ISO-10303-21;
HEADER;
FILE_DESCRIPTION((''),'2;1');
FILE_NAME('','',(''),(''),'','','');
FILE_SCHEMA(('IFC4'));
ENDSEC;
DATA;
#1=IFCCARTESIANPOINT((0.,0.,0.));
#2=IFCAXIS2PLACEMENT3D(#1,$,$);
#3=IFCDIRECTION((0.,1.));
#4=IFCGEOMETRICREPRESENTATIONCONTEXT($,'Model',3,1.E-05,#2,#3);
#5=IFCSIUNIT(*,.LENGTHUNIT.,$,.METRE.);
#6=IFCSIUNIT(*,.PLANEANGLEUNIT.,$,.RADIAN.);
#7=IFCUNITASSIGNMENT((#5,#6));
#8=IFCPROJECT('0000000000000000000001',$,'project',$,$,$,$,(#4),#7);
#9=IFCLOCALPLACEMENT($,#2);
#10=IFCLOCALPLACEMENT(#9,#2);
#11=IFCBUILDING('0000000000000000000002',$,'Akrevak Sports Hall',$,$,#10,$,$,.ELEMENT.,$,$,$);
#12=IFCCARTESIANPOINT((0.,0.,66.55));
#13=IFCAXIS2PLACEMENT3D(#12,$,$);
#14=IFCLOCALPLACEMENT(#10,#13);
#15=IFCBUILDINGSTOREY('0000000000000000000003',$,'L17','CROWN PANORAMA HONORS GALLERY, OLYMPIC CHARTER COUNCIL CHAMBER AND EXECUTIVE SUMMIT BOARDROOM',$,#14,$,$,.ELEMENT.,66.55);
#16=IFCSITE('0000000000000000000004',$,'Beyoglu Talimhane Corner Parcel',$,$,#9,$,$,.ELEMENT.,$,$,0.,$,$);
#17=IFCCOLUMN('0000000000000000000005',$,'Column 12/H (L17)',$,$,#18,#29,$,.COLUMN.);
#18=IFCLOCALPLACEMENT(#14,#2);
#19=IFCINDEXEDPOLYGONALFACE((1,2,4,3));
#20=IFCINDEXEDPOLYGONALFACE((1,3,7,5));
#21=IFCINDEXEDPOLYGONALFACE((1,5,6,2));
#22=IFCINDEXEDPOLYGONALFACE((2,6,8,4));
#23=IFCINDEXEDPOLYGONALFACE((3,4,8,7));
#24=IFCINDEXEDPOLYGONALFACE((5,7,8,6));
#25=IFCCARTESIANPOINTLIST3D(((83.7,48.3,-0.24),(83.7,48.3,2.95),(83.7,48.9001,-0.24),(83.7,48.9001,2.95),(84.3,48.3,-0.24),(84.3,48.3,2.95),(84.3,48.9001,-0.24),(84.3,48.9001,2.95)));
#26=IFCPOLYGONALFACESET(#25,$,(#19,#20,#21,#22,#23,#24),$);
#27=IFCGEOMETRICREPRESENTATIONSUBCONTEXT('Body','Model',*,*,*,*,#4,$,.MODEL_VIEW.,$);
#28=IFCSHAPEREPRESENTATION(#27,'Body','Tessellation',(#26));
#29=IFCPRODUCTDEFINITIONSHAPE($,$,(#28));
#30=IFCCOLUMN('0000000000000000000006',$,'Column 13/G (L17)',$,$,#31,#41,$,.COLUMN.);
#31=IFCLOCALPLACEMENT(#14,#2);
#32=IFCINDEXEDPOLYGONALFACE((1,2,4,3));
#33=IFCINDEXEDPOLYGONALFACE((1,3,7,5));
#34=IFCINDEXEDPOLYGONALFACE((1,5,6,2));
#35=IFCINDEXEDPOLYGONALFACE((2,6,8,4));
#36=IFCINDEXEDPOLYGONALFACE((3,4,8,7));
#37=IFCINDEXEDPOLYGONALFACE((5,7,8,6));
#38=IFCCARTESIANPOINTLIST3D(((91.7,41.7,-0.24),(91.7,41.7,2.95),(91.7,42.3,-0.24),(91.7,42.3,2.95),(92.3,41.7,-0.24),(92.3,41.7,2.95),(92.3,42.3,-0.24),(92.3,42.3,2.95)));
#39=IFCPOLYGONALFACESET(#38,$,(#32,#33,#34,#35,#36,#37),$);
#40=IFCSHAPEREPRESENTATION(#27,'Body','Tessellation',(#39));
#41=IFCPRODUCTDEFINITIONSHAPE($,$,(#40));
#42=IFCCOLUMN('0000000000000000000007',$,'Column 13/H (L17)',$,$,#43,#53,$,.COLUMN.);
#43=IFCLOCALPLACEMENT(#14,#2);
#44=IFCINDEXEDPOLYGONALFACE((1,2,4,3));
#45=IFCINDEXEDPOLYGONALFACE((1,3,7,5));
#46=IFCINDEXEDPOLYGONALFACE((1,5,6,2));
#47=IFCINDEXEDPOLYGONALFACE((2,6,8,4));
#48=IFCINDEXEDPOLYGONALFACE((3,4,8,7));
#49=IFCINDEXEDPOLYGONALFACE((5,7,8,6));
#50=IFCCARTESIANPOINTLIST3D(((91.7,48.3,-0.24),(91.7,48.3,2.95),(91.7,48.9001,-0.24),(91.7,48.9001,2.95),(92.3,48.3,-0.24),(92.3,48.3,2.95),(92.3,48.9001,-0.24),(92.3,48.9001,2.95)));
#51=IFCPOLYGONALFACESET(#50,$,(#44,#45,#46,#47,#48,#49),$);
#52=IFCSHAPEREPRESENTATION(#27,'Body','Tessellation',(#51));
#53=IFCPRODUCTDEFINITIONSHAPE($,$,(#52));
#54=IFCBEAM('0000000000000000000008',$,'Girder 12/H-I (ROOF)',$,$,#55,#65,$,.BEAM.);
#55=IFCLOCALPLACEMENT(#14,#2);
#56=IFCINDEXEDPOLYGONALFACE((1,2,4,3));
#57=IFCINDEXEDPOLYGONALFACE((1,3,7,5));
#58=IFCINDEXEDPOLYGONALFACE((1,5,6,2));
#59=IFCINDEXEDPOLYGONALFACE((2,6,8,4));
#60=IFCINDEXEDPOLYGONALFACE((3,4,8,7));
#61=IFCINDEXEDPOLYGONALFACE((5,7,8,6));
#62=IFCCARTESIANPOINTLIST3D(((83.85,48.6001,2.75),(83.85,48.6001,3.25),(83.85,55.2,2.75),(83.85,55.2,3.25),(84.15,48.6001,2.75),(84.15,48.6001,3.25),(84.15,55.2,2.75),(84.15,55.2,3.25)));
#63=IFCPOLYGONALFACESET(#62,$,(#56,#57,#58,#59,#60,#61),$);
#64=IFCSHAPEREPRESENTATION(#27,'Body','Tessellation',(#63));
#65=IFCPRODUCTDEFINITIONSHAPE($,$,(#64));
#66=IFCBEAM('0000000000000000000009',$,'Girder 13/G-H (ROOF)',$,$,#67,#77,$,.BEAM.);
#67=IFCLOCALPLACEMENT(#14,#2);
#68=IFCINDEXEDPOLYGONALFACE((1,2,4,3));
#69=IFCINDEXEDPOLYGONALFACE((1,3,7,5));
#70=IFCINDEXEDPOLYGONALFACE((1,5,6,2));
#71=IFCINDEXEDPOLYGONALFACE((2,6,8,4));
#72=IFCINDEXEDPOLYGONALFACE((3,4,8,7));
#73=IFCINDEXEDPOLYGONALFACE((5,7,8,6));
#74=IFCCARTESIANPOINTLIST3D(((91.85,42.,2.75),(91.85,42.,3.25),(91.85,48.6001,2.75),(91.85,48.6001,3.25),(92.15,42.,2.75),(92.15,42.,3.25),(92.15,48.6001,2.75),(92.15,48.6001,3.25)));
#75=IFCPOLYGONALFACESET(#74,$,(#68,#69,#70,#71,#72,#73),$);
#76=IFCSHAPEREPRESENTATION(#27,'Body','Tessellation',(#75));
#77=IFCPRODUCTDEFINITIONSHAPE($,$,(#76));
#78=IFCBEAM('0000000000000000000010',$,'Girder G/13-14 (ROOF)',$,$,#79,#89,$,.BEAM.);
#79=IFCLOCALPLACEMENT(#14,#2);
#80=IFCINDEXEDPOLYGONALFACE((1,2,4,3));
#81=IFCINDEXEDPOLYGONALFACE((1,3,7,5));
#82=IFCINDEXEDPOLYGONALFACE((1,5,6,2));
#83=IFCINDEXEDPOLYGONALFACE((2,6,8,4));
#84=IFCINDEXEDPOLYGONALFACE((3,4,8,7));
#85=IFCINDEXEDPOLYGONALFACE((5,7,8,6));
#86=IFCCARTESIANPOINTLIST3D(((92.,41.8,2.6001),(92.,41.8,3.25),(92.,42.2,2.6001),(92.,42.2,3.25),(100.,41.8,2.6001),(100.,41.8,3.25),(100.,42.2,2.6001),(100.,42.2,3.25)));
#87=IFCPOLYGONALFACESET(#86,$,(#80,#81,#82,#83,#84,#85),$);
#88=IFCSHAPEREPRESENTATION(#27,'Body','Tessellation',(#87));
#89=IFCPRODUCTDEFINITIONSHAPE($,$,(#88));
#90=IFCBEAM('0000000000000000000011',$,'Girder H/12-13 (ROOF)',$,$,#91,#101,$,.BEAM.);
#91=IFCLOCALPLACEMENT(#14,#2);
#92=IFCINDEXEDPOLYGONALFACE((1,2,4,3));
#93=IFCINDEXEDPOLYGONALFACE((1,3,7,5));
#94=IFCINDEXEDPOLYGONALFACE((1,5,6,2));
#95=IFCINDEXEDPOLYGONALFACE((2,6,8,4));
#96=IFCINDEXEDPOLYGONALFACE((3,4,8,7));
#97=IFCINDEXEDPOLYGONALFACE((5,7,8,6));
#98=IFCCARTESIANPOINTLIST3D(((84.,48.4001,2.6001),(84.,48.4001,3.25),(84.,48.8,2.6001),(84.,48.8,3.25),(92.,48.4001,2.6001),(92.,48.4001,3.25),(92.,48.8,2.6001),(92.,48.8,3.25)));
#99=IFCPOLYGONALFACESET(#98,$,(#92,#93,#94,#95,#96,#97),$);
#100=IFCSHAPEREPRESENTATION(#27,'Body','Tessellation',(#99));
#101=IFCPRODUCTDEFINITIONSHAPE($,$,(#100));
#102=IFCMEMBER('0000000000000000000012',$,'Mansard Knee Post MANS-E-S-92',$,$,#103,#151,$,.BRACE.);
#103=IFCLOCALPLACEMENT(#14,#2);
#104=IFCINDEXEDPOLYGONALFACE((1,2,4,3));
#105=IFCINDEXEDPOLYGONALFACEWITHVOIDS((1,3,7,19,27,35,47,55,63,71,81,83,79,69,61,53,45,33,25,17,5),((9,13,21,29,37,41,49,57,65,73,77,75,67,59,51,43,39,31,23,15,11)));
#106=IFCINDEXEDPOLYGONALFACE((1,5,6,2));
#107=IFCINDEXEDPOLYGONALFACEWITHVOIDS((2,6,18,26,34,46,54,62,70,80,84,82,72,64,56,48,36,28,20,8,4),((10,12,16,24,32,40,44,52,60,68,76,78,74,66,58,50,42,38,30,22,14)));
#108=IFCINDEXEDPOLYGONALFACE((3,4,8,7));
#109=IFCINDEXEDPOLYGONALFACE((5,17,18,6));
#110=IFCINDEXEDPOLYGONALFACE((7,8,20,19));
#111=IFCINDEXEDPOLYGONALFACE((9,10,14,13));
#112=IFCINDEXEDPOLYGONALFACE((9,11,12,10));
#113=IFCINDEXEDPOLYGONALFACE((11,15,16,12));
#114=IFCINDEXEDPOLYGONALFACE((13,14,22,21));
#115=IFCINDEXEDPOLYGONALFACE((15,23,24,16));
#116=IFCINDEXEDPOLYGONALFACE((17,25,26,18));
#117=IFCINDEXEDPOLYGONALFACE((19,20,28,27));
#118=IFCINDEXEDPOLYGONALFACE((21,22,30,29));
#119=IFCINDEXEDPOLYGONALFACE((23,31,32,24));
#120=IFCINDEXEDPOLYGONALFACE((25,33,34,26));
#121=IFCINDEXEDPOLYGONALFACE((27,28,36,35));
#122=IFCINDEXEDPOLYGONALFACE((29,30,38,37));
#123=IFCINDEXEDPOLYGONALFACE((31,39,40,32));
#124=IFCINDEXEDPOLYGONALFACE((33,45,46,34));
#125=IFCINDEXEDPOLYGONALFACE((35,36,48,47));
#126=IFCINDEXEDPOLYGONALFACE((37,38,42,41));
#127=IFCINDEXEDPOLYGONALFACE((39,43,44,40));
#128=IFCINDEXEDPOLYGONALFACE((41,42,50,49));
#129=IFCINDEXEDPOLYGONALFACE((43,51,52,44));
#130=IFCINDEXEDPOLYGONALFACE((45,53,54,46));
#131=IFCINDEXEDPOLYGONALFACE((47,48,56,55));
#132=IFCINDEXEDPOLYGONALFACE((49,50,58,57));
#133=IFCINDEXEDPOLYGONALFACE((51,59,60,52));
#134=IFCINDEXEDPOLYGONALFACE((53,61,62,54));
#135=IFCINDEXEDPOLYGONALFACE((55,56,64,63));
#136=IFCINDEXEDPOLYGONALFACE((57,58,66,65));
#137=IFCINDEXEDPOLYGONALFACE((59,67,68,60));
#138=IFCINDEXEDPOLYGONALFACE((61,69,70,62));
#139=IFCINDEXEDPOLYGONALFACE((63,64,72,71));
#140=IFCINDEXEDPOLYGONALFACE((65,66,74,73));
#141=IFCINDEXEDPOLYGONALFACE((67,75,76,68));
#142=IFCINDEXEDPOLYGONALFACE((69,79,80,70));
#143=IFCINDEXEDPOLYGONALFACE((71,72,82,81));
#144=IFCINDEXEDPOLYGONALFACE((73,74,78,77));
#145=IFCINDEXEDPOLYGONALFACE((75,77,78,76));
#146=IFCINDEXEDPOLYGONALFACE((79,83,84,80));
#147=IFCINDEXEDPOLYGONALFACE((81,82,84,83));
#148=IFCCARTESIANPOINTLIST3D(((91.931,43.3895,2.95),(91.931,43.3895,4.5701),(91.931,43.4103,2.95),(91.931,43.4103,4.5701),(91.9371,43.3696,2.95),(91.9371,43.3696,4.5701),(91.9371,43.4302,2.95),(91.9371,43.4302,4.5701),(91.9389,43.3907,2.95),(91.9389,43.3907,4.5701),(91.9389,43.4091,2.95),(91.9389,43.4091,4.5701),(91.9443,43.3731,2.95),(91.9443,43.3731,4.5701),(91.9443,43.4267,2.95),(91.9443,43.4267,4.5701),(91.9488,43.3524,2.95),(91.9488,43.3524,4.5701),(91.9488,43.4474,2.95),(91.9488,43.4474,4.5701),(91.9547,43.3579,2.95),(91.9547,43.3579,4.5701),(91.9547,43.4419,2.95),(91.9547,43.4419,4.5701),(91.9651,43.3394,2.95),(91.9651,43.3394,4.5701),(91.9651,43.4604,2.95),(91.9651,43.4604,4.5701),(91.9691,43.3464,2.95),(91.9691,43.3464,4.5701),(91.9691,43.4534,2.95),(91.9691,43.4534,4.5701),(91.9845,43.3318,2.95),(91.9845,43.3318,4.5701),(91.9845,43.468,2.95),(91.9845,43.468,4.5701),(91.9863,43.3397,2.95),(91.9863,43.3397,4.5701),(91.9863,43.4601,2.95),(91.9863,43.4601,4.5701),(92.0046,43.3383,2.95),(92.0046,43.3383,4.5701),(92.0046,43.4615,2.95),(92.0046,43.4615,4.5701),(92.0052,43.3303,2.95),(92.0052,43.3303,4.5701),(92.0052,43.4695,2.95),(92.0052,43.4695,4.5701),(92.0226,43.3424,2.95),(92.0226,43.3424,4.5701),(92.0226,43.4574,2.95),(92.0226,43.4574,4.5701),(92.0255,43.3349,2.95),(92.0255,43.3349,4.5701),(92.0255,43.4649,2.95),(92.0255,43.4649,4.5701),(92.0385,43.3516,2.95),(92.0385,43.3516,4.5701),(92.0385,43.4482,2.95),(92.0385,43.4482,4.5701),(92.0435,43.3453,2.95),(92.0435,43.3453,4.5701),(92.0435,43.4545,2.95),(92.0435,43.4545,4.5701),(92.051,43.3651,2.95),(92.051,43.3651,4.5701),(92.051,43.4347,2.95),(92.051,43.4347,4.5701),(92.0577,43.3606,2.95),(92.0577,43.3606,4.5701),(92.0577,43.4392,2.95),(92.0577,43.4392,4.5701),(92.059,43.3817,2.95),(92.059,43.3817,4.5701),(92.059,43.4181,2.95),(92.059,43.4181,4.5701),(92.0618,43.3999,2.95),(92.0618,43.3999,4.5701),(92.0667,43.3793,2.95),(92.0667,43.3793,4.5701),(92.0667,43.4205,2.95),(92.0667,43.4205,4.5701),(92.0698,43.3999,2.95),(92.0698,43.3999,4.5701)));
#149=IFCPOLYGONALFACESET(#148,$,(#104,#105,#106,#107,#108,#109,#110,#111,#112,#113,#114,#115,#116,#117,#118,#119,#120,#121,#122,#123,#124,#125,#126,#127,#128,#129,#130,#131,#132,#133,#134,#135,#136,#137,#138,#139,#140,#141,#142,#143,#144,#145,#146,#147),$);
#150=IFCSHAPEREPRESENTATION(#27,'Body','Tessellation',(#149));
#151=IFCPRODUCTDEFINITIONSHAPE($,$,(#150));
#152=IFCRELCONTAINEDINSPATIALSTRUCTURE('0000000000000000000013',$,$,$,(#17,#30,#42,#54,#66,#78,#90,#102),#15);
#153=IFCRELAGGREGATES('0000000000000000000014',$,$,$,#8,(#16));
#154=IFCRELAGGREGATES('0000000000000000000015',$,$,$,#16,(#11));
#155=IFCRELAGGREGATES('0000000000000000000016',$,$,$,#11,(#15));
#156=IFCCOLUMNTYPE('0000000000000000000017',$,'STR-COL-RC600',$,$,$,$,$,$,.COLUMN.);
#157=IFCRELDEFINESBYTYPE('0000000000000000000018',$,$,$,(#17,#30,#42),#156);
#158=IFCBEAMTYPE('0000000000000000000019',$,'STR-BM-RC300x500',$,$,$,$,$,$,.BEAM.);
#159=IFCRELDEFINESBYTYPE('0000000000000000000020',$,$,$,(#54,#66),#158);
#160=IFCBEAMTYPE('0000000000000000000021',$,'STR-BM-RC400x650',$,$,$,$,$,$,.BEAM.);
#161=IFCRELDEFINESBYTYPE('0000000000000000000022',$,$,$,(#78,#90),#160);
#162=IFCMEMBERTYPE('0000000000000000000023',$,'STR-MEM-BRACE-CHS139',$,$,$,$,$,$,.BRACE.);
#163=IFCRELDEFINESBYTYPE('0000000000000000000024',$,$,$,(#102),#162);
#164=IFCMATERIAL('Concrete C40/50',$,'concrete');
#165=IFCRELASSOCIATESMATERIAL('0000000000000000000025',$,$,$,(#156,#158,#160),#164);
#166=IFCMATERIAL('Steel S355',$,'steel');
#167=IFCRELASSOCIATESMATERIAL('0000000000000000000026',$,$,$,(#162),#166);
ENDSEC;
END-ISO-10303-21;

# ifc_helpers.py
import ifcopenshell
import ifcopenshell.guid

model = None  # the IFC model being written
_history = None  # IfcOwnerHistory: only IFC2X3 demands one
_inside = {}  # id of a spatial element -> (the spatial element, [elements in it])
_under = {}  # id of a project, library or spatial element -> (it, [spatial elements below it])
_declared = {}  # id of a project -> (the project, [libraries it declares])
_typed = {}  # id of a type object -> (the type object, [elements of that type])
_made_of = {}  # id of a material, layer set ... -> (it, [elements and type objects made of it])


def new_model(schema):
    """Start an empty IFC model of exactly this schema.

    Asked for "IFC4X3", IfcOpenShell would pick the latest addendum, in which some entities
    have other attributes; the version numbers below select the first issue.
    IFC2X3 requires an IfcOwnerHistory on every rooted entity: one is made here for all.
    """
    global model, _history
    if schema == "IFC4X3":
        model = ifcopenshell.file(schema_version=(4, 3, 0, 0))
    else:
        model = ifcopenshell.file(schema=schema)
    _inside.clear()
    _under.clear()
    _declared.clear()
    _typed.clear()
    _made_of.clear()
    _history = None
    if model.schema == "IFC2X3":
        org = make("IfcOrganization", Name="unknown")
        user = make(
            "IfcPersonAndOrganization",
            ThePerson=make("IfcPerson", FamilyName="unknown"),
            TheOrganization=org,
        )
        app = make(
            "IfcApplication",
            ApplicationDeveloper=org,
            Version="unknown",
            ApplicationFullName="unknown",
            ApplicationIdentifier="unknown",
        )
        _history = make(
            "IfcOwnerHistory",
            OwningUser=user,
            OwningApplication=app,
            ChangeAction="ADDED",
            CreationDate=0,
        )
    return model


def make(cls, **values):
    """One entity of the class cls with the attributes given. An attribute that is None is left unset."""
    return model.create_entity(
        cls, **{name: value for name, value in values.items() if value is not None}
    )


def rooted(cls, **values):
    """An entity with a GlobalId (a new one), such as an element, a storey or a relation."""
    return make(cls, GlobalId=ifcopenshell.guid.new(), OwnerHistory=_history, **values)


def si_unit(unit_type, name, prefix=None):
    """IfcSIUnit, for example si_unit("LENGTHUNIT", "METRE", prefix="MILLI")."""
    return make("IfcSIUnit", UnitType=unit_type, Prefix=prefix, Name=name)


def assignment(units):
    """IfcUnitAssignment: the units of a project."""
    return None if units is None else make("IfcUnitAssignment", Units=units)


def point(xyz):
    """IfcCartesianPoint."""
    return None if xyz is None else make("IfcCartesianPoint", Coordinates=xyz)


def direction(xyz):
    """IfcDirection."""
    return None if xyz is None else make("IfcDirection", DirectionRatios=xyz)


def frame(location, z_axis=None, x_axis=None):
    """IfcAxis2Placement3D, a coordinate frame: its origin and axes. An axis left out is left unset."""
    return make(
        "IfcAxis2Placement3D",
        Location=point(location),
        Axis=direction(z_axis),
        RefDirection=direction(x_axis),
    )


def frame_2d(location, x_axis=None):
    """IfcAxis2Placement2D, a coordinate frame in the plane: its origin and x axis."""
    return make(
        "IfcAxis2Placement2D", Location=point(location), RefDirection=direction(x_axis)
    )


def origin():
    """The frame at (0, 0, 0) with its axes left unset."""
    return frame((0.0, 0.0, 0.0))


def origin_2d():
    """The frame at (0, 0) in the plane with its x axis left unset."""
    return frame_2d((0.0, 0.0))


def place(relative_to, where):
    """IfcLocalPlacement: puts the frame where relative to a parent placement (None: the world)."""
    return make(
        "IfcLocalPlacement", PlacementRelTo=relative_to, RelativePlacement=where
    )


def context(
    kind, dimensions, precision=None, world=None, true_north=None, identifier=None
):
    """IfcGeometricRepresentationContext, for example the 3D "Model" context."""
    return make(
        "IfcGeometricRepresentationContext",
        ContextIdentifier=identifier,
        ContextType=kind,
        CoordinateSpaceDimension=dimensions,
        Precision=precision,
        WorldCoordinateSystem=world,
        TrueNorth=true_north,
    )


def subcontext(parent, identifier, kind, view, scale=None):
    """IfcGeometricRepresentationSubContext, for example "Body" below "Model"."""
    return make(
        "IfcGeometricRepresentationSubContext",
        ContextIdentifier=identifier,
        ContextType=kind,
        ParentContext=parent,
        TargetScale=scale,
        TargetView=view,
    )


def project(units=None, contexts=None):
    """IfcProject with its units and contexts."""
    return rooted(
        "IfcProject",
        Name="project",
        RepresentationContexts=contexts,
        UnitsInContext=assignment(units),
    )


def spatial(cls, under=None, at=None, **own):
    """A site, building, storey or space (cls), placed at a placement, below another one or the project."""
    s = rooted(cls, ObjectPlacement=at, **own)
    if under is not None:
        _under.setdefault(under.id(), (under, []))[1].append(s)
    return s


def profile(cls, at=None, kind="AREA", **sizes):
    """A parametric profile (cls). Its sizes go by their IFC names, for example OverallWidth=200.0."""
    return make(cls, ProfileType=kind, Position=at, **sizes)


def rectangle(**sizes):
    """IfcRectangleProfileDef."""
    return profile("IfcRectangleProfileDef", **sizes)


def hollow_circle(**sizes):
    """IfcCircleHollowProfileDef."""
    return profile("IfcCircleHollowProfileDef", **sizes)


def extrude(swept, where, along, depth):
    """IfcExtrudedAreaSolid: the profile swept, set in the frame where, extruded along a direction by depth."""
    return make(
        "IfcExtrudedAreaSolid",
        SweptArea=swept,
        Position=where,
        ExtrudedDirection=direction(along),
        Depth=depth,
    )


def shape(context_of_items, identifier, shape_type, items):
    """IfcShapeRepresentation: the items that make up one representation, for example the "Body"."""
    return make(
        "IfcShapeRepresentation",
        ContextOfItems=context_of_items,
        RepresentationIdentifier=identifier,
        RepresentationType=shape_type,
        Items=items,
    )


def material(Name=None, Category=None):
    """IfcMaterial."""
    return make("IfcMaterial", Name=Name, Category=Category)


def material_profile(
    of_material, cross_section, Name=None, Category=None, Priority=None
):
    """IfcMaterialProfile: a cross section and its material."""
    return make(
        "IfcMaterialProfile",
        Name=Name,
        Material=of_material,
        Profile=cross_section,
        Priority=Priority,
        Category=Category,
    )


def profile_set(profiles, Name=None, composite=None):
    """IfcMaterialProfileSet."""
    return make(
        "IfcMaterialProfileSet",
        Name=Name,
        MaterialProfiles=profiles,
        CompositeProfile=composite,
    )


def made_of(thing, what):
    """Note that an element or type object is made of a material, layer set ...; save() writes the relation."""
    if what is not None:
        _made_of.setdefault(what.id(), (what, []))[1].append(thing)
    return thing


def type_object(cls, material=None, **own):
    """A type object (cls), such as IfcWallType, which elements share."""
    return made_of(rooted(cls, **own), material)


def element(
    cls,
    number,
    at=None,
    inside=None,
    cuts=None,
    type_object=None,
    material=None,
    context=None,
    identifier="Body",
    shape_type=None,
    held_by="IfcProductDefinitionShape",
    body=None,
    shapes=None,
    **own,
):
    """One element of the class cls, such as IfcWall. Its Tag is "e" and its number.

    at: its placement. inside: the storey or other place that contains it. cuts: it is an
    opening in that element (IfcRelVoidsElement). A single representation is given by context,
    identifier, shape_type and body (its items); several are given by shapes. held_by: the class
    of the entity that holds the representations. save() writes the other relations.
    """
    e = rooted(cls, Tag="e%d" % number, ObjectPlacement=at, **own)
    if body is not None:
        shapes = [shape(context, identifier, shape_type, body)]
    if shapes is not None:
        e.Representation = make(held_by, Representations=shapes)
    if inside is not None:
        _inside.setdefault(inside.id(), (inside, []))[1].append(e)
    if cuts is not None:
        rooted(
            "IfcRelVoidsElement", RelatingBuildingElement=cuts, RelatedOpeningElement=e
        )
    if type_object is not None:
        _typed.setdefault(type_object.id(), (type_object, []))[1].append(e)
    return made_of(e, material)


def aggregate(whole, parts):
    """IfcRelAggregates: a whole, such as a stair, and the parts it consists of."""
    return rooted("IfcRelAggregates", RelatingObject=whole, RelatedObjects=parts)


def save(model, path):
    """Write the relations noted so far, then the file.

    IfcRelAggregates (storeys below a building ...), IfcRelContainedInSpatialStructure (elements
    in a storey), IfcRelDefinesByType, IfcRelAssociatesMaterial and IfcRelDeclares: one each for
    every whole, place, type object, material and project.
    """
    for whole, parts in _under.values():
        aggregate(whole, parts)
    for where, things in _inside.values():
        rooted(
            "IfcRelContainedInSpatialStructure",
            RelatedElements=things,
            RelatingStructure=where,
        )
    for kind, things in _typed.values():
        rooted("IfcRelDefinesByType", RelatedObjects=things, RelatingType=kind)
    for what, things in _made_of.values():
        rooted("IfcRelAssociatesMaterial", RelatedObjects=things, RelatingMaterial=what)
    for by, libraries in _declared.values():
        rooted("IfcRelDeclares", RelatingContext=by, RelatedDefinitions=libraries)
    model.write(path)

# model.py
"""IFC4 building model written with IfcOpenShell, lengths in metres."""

from ifc_helpers import new_model, si_unit, direction, frame, origin, origin_2d, place, context, subcontext, project, spatial, rectangle, hollow_circle, extrude, material, material_profile, profile_set, type_object, element, save


model = new_model("IFC4")

# Units and contexts
model_context = context("Model", 3, precision=1e-05, world=origin(), true_north=direction((0.0, 1.0)))
body_context = subcontext(model_context, "Body", "Model", "MODEL_VIEW")
ifc_project = project(units=[si_unit("LENGTHUNIT", "METRE"), si_unit("PLANEANGLEUNIT", "RADIAN")], contexts=[model_context])

# Site, building, storey
site_placement = place(None, origin())
site = spatial("IfcSite", under=ifc_project, at=site_placement, Name="Beyoglu Talimhane Corner Parcel", CompositionType="ELEMENT", RefElevation=0.0)
building_placement = place(site_placement, origin())
building = spatial("IfcBuilding", under=site, at=building_placement, Name="Akrevak Sports Hall", CompositionType="ELEMENT")
storey_placement = place(building_placement, frame((0.0, 0.0, 66.55)))
storey = spatial("IfcBuildingStorey", under=building, at=storey_placement, Name="L17", Description="CROWN PANORAMA HONORS GALLERY, OLYMPIC CHARTER COUNCIL CHAMBER AND EXECUTIVE SUMMIT BOARDROOM", CompositionType="ELEMENT", Elevation=66.55)

# Columns
ifc_material_1 = material(Name="Concrete C40/50", Category="concrete")
ifc_material_profile_1 = material_profile(ifc_material_1, rectangle(XDim=0.6001, YDim=0.6001, at=origin_2d()), Name="RC 600x600", Category="concrete")
ifc_profile_set_1 = profile_set([ifc_material_profile_1], Name="Concrete C40/50")
column_type = type_object("IfcColumnType", Name="STR-COL-RC600", PredefinedType="COLUMN", material=ifc_profile_set_1)
for number, where, z_axis, x_axis, name in (
    (1, (84.0, 48.6001, -0.24), (0.0, 0.0, 1.0), (1.0, 0.0, 0.0), "Column 12/H (L17)"),
    (2, (92.0, 42.0, -0.24), (0.0, 0.0, 1.0), (1.0, 0.0, 0.0), "Column 13/G (L17)"),
    (3, (92.0, 48.6001, -0.24), (0.0, 0.0, 1.0), (1.0, 0.0, 0.0), "Column 13/H (L17)"),
):
    element("IfcColumn", number, at=place(storey_placement, frame(where, z_axis=z_axis, x_axis=x_axis)), inside=storey, type_object=column_type, Name=name, PredefinedType="COLUMN", context=body_context, shape_type="SweptSolid", body=[
        extrude(rectangle(XDim=0.6001, YDim=0.6001, at=origin_2d()), origin(), (0.0, 0.0, 1.0), 3.1899),
    ])

# Beams
ifc_material_profile_2 = material_profile(ifc_material_1, rectangle(XDim=0.3, YDim=0.5, at=origin_2d()), Name="BM 300x500", Category="concrete")
ifc_profile_set_2 = profile_set([ifc_material_profile_2], Name="Concrete C40/50")
beam_type_1 = type_object("IfcBeamType", Name="STR-BM-RC300x500", PredefinedType="BEAM", material=ifc_profile_set_2)
beam_1_placement = place(storey_placement, frame((84.0, 48.6001, 3.0), z_axis=(0.0, 1.0, 0.0), x_axis=(-1.0, 0.0, 0.0)))
element("IfcBeam", 4, at=beam_1_placement, inside=storey, type_object=beam_type_1, Name="Girder 12/H-I (ROOF)", PredefinedType="BEAM", context=body_context, shape_type="SweptSolid", body=[
    extrude(rectangle(XDim=0.3, YDim=0.5, at=origin_2d()), origin(), (0.0, 0.0, 1.0), 6.5999),
])
beam_2_placement = place(storey_placement, frame((92.0, 42.0, 3.0), z_axis=(0.0, 1.0, 0.0), x_axis=(-1.0, 0.0, 0.0)))
element("IfcBeam", 5, at=beam_2_placement, inside=storey, type_object=beam_type_1, Name="Girder 13/G-H (ROOF)", PredefinedType="BEAM", context=body_context, shape_type="SweptSolid", body=[
    extrude(rectangle(XDim=0.3, YDim=0.5, at=origin_2d()), origin(), (0.0, 0.0, 1.0), 6.6001),
])
ifc_material_profile_3 = material_profile(ifc_material_1, rectangle(XDim=0.3999, YDim=0.6499, at=origin_2d()), Name="BM 400x650", Category="concrete")
ifc_profile_set_3 = profile_set([ifc_material_profile_3], Name="Concrete C40/50")
beam_type_2 = type_object("IfcBeamType", Name="STR-BM-RC400x650", PredefinedType="BEAM", material=ifc_profile_set_3)
for number, where, z_axis, x_axis, name in (
    (6, (92.0, 42.0, 2.925), (1.0, 0.0, 0.0), (0.0, 1.0, 0.0), "Girder G/13-14 (ROOF)"),
    (7, (84.0, 48.6001, 2.925), (1.0, 0.0, 0.0), (0.0, 1.0, 0.0), "Girder H/12-13 (ROOF)"),
):
    element("IfcBeam", number, at=place(storey_placement, frame(where, z_axis=z_axis, x_axis=x_axis)), inside=storey, type_object=beam_type_2, Name=name, PredefinedType="BEAM", context=body_context, shape_type="SweptSolid", body=[
        extrude(rectangle(XDim=0.3999, YDim=0.6499, at=origin_2d()), origin(), (0.0, 0.0, 1.0), 8.0),
    ])

# Member
ifc_material_2 = material(Name="Steel S355", Category="steel")
ifc_material_profile_4 = material_profile(ifc_material_2, hollow_circle(Radius=0.0698, WallThickness=0.0081, at=origin_2d()), Name="CHS 139.7x8", Category="steel")
ifc_profile_set_4 = profile_set([ifc_material_profile_4], Name="Steel S355")
member_type_1 = type_object("IfcMemberType", Name="STR-MEM-BRACE-CHS139", PredefinedType="BRACE", material=ifc_profile_set_4)
member_1_placement = place(storey_placement, frame((92.0, 43.3999, 2.95), z_axis=(0.0, 0.0, 1.0), x_axis=(1.0, 0.0, 0.0)))
element("IfcMember", 8, at=member_1_placement, inside=storey, type_object=member_type_1, Name="Mansard Knee Post MANS-E-S-92", PredefinedType="BRACE", context=body_context, shape_type="SweptSolid", body=[
    extrude(hollow_circle(Radius=0.0698, WallThickness=0.0081, at=origin_2d()), origin(), (0.0, 0.0, 1.0), 1.6201),
])

save(model, "model.ifc")
